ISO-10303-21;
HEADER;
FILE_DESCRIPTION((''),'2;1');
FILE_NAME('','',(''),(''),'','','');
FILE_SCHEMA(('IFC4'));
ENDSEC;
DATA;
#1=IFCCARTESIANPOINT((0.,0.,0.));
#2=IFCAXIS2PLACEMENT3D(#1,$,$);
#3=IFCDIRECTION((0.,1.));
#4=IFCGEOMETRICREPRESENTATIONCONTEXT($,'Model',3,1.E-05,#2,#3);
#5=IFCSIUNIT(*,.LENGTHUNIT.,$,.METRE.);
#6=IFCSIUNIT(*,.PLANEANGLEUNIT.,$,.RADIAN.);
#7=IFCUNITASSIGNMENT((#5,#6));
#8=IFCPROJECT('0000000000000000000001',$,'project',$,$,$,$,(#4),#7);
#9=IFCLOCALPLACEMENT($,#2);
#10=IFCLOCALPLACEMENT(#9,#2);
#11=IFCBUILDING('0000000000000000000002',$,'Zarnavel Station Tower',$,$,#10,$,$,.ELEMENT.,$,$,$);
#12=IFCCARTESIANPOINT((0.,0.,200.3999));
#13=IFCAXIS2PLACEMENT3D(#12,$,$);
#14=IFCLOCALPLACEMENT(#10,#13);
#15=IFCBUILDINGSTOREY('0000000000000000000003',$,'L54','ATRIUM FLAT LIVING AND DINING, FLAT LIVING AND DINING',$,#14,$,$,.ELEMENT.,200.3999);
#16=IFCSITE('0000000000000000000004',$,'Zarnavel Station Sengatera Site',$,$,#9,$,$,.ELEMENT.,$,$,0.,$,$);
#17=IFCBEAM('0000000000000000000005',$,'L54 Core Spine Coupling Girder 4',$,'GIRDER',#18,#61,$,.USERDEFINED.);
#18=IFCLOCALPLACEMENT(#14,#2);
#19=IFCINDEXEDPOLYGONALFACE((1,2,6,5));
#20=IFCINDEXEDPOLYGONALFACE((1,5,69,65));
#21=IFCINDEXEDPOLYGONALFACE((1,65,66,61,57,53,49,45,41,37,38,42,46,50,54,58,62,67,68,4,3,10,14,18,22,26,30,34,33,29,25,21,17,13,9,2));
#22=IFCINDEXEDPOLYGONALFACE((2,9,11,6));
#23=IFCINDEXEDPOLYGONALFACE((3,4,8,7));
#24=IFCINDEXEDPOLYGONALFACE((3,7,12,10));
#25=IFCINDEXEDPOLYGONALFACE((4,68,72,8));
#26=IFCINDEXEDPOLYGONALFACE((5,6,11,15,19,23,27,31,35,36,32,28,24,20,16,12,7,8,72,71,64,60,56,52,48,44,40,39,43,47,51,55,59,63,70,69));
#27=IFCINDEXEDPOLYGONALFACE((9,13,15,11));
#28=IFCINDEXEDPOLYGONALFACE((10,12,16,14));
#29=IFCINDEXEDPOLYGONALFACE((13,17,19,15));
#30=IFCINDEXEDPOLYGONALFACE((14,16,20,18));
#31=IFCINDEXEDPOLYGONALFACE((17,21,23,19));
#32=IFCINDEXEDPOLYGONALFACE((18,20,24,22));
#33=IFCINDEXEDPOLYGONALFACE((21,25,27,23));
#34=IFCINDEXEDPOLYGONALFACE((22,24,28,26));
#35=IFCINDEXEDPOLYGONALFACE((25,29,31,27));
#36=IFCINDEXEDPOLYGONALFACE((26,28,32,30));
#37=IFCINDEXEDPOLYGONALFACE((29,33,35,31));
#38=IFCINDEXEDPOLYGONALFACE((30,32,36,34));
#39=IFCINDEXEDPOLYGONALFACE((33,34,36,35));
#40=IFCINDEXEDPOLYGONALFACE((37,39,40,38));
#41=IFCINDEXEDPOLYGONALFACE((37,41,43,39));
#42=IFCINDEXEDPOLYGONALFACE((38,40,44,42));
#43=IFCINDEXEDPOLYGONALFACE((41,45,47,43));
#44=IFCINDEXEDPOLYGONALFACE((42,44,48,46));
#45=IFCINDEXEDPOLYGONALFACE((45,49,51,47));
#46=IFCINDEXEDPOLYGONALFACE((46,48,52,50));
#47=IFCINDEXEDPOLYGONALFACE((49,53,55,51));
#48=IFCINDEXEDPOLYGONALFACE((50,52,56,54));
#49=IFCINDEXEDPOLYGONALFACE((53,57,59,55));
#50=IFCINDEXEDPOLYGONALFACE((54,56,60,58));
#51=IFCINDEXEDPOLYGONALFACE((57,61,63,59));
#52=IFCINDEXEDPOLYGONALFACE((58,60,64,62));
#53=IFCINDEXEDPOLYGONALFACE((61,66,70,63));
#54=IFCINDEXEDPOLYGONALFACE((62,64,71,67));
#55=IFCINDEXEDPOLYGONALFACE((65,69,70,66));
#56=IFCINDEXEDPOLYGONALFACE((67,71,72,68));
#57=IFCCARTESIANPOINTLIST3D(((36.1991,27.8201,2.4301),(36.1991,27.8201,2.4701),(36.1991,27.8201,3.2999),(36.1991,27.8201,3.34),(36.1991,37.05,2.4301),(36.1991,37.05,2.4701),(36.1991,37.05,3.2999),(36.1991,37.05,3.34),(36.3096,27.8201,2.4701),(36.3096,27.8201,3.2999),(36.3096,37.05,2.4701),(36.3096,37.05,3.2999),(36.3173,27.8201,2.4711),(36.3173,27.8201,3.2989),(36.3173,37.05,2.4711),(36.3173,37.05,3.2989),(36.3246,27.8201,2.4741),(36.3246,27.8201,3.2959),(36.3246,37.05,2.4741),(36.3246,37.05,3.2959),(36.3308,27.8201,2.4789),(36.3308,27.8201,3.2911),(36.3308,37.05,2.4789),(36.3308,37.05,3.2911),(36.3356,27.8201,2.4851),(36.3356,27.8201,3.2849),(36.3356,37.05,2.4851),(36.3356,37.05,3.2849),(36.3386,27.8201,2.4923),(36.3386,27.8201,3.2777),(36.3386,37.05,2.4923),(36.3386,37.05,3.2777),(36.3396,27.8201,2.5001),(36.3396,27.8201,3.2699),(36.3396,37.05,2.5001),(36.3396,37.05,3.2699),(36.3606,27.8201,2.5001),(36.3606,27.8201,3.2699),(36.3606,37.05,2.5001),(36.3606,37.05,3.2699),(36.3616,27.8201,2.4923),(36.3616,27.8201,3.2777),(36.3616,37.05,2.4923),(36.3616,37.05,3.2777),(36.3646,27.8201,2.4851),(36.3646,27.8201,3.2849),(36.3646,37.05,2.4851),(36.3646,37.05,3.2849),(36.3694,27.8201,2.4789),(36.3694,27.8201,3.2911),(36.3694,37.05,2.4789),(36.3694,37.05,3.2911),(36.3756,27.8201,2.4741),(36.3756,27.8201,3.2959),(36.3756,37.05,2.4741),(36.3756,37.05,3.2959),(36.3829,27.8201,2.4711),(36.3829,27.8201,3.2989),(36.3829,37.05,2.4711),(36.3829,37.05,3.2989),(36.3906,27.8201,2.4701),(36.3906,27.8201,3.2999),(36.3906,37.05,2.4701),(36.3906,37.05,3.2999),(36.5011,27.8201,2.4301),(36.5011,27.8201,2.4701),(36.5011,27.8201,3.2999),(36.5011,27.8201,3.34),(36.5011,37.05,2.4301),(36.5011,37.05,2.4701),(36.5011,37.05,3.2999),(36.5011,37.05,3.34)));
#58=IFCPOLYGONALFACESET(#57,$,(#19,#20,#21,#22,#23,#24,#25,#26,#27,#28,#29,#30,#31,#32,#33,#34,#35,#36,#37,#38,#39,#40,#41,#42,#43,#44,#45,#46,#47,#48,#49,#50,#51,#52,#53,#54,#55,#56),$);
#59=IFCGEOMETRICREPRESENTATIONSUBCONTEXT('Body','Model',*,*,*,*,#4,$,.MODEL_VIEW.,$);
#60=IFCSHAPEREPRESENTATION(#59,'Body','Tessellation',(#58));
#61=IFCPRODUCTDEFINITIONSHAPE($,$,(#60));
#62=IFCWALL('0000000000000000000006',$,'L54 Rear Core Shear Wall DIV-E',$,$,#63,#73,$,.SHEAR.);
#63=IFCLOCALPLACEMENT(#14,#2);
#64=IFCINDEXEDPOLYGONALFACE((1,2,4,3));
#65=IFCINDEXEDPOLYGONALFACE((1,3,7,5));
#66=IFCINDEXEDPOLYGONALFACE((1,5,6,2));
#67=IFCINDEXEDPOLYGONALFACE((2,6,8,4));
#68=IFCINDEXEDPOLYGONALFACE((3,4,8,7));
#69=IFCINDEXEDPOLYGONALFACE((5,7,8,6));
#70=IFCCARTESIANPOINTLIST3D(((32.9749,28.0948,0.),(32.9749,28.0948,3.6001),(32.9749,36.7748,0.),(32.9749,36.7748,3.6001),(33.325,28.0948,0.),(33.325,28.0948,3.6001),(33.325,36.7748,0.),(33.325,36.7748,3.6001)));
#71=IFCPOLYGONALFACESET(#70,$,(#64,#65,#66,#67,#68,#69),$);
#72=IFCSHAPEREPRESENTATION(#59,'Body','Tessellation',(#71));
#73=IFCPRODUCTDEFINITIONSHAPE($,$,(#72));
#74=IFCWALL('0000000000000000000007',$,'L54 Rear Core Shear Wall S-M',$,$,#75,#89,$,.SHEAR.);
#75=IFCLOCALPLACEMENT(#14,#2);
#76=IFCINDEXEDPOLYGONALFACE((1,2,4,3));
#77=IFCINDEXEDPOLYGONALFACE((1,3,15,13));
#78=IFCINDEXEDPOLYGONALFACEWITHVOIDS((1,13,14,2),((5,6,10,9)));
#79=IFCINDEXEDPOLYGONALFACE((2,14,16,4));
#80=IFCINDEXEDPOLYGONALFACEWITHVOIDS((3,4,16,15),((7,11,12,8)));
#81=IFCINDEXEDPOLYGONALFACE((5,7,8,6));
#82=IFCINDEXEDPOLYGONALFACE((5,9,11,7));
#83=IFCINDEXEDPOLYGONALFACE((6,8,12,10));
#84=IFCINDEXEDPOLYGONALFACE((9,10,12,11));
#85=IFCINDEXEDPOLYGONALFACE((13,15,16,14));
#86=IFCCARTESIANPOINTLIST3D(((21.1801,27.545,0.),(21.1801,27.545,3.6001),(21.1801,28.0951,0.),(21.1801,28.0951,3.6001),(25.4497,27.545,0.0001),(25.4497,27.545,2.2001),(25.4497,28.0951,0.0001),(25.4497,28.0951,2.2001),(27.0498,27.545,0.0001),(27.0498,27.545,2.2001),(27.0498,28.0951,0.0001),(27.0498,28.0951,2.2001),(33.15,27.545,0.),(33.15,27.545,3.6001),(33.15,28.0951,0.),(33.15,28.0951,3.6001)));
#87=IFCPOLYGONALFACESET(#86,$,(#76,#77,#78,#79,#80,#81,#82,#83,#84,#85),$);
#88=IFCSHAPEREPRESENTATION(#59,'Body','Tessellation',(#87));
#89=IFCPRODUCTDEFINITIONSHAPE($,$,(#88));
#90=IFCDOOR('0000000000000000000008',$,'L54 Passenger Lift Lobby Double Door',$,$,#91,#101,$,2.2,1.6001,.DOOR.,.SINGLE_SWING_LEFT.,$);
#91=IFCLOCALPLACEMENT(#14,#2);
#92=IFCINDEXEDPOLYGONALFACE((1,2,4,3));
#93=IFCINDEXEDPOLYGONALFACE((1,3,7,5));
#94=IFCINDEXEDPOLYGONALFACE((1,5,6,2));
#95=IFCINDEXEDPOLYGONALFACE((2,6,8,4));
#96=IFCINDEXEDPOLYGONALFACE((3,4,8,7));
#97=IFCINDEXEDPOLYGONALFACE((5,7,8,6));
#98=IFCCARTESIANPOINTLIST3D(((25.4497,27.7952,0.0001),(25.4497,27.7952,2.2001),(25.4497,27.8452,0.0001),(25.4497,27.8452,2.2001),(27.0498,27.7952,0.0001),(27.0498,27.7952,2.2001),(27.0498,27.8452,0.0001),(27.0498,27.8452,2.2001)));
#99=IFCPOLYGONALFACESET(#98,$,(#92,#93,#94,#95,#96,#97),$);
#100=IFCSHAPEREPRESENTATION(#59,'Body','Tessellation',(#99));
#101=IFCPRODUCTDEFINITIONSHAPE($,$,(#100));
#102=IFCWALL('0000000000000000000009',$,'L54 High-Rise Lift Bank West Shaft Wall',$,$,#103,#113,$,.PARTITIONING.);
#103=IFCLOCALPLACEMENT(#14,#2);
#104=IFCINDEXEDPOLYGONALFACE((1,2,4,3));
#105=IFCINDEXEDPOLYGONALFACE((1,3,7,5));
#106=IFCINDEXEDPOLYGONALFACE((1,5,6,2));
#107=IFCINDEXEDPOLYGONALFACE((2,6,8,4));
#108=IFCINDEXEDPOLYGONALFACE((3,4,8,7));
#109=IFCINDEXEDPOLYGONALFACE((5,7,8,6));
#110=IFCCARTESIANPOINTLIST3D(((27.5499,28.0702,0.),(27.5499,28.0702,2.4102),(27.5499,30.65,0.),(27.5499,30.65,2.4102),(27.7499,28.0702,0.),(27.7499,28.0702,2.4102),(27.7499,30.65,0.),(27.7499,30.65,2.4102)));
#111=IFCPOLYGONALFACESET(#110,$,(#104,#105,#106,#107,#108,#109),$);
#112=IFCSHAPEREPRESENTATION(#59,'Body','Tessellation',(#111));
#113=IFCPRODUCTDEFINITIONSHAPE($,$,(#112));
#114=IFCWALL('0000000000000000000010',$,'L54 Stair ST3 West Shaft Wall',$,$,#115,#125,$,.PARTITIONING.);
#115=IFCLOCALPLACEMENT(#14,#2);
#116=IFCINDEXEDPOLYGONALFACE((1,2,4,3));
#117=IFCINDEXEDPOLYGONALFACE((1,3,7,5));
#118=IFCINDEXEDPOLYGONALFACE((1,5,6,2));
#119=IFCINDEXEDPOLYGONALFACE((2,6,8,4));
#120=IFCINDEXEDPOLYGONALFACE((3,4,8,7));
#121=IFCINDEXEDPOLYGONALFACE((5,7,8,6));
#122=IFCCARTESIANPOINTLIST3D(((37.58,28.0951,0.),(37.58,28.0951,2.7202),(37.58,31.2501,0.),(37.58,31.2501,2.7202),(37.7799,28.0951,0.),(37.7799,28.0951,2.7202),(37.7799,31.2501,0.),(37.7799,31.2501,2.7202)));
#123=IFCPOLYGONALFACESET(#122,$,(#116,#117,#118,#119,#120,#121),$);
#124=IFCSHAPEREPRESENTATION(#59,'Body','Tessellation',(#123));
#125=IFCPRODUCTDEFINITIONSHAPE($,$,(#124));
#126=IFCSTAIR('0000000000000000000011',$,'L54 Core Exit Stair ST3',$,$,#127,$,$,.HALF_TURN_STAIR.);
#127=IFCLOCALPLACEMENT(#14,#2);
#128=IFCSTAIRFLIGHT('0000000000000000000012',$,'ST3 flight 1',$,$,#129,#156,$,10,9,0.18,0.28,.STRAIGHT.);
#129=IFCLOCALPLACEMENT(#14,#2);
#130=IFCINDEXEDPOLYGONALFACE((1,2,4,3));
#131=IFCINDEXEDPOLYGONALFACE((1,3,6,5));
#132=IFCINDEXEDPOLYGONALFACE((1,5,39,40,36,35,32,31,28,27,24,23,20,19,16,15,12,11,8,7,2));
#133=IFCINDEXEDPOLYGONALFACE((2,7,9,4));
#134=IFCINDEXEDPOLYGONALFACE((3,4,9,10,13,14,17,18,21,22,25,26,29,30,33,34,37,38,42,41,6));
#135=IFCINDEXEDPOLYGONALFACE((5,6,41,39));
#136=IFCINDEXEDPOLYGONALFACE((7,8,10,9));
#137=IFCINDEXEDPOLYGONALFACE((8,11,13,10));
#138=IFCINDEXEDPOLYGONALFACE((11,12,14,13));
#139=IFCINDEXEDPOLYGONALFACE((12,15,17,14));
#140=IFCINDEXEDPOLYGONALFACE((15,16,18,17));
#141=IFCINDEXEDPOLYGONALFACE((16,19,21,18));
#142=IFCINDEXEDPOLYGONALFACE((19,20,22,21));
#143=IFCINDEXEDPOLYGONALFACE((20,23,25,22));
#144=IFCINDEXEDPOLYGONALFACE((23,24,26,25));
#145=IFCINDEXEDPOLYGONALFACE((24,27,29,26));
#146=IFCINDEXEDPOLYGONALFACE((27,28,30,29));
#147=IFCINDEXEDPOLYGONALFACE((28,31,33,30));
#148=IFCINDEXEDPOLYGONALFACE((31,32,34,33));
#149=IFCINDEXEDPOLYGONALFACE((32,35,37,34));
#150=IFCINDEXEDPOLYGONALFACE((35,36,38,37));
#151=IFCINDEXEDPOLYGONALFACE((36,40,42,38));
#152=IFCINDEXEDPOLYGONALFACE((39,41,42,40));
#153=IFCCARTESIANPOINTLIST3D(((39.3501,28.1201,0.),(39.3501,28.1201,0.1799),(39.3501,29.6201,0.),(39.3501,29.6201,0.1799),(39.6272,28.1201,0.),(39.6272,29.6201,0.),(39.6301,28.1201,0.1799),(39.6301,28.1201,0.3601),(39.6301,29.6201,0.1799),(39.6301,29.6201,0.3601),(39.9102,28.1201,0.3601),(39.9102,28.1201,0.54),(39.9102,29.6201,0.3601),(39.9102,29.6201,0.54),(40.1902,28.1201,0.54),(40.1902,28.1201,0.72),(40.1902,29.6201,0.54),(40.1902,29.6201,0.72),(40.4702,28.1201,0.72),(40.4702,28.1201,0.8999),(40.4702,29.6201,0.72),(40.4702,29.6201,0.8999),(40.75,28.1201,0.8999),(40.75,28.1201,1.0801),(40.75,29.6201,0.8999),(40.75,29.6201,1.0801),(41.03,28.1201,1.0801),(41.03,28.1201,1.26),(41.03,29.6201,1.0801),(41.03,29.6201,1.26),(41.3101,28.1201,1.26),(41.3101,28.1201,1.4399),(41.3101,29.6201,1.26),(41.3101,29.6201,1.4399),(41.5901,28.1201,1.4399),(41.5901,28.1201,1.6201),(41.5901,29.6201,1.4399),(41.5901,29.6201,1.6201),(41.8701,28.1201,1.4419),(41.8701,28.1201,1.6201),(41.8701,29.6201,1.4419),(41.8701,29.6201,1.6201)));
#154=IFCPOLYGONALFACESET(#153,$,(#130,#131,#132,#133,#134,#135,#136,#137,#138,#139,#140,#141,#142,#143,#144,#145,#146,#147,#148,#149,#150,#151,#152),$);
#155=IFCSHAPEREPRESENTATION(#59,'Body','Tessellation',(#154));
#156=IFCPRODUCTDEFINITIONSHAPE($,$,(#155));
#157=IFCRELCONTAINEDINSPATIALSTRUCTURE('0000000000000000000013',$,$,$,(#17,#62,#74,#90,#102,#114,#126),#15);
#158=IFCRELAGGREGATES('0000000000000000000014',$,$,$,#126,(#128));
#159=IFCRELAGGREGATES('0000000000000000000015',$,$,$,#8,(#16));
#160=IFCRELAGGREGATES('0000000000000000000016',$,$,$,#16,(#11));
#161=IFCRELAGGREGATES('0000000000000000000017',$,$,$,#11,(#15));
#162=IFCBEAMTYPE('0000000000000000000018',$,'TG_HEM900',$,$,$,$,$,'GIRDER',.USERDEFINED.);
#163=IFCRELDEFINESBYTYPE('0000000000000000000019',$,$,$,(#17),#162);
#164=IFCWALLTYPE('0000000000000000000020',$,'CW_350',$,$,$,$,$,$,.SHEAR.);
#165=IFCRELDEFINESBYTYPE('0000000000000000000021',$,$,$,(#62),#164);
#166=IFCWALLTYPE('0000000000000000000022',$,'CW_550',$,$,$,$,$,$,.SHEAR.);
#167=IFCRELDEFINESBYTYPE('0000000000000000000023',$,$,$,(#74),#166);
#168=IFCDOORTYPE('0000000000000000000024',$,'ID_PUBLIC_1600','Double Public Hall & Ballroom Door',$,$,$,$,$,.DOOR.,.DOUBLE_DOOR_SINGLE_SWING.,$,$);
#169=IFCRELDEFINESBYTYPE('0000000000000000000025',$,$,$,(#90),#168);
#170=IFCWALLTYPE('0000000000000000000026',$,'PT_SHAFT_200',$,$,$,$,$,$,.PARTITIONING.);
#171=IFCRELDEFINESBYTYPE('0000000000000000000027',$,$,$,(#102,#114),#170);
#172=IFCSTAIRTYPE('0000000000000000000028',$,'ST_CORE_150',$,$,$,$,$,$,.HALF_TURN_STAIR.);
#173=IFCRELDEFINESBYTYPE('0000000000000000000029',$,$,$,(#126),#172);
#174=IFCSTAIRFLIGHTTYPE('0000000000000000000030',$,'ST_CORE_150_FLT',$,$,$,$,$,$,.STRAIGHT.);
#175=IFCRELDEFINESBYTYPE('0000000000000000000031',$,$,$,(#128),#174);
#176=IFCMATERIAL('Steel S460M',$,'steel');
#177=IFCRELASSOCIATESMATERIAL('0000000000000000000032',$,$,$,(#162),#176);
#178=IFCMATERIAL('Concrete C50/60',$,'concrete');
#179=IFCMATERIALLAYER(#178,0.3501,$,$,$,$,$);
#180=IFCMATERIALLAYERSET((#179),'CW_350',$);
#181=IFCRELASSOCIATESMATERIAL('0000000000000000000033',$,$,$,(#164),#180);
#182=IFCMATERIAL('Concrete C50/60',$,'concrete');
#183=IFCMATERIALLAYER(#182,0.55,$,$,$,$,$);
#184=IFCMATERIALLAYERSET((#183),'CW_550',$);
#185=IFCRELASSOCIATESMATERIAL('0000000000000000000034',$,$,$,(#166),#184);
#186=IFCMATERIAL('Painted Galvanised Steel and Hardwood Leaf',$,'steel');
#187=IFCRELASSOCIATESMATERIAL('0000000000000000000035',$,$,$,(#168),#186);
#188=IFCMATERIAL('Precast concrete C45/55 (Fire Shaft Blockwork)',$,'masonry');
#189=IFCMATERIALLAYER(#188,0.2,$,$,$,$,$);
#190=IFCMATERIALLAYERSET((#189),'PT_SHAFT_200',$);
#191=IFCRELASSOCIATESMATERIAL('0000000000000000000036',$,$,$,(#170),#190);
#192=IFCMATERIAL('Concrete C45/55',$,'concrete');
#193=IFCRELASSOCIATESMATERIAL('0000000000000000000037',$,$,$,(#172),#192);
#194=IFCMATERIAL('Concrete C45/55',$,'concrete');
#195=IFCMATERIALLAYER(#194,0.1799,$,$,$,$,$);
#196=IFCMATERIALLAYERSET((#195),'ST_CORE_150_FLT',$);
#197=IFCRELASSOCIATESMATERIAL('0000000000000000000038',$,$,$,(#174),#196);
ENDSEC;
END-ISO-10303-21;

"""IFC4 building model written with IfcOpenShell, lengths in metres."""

from ifc_helpers import new_model, si_unit, direction, frame, frame_2d, origin, origin_2d, place, context, subcontext, project, spatial, polyline, rectangle, i_section, outline, extrude, material, layer, layer_set, material_profile, profile_set, type_object, element, fill, aggregate, save


model = new_model("IFC4")

# Units and contexts
model_context = context("Model", 3, precision=1e-05, world=origin(), true_north=direction((0.0, 1.0)))
body_context = subcontext(model_context, "Body", "Model", "MODEL_VIEW")
ifc_project = project(units=[si_unit("LENGTHUNIT", "METRE"), si_unit("PLANEANGLEUNIT", "RADIAN")], contexts=[model_context])

# Site, building, storey
site_placement = place(None, origin())
site = spatial("IfcSite", under=ifc_project, at=site_placement, Name="Zarnavel Station Sengatera Site", CompositionType="ELEMENT", RefElevation=0.0)
building_placement = place(site_placement, origin())
building = spatial("IfcBuilding", under=site, at=building_placement, Name="Zarnavel Station Tower", CompositionType="ELEMENT")
storey_placement = place(building_placement, frame((0.0, 0.0, 200.3999)))
storey = spatial("IfcBuildingStorey", under=building, at=storey_placement, Name="L54", Description="ATRIUM FLAT LIVING AND DINING, FLAT LIVING AND DINING", CompositionType="ELEMENT", Elevation=200.3999)

# Beam
ifc_material_1 = material(Name="Steel S460M", Category="steel")
ifc_material_profile_1 = material_profile(ifc_material_1, i_section(OverallWidth=0.302, OverallDepth=0.9099, WebThickness=0.021, FlangeThickness=0.04, FilletRadius=0.03, at=origin_2d()), Name="HEM900")
ifc_profile_set_1 = profile_set([ifc_material_profile_1], Name="Steel S460M")
beam_type_1 = type_object("IfcBeamType", Name="TG_HEM900", ElementType="GIRDER", PredefinedType="USERDEFINED", material=ifc_profile_set_1)
for number, where, z_axis, x_axis, name in (
    (1, (36.3501, 27.8201, 2.885), (0.0, 1.0, 0.0), (-1.0, 0.0, 0.0), "L54 Core Spine Coupling Girder 4"),
):
    element("IfcBeam", number, at=place(storey_placement, frame(where, z_axis=z_axis, x_axis=x_axis)), inside=storey, type_object=beam_type_1, Name=name, ObjectType="GIRDER", PredefinedType="USERDEFINED", context=body_context, shape_type="SweptSolid", body=[
        extrude(i_section(OverallWidth=0.302, OverallDepth=0.9099, WebThickness=0.021, FlangeThickness=0.04, FilletRadius=0.03, at=origin_2d()), origin(), (0.0, 0.0, 1.0), 9.23),
    ])

# Wall
ifc_material_2 = material(Name="Concrete C50/60", Category="concrete")
ifc_layer_1 = layer(ifc_material_2, 0.3501)
ifc_layer_set_1 = layer_set([ifc_layer_1], Name="CW_350")
wall_type_1 = type_object("IfcWallType", Name="CW_350", PredefinedType="SHEAR", material=ifc_layer_set_1)
wall_1_placement = place(storey_placement, frame((33.1499, 28.095, 0.0), z_axis=(0.0, 0.0, 1.0), x_axis=(0.0, 1.0, 0.0)))
element("IfcWall", 2, at=wall_1_placement, inside=storey, type_object=wall_type_1, Name="L54 Rear Core Shear Wall DIV-E", PredefinedType="SHEAR", context=body_context, shape_type="SweptSolid", body=[
    extrude(rectangle(XDim=8.6799, YDim=0.3501, at=frame_2d((4.3398, 0.0))), origin(), (0.0, 0.0, 1.0), 3.6001),
])

# Wall, opening, door
ifc_material_3 = material(Name="Concrete C50/60", Category="concrete")
ifc_layer_2 = layer(ifc_material_3, 0.55)
ifc_layer_set_2 = layer_set([ifc_layer_2], Name="CW_550")
wall_type_2 = type_object("IfcWallType", Name="CW_550", PredefinedType="SHEAR", material=ifc_layer_set_2)
wall_2_placement = place(storey_placement, frame((33.1499, 27.8201, 0.0), z_axis=(0.0, 0.0, 1.0), x_axis=(-1.0, 0.0, 0.0)))
wall_2 = element("IfcWall", 3, at=wall_2_placement, inside=storey, type_object=wall_type_2, Name="L54 Rear Core Shear Wall S-M", PredefinedType="SHEAR", context=body_context, shape_type="SweptSolid", body=[
    extrude(rectangle(XDim=11.97, YDim=0.55, at=frame_2d((5.9849, 0.0))), origin(), (0.0, 0.0, 1.0), 3.6001),
])
opening_1_placement = place(wall_2_placement, frame((6.1001, 0.0, 0.0)))
opening_1 = element("IfcOpeningElement", 4, at=opening_1_placement, cuts=wall_2, PredefinedType="OPENING", context=body_context, shape_type="SweptSolid", body=[
    extrude(rectangle(XDim=1.6001, YDim=2.2, at=frame_2d((0.8, 1.1001))), frame((0.0, 0.2849, 0.0), z_axis=(0.0, -1.0, 0.0), x_axis=(1.0, 0.0, 0.0)), (0.0, 0.0, 1.0), 0.5701),
])
ifc_material_4 = material(Name="Painted Galvanised Steel and Hardwood Leaf", Category="steel")
door_type_1 = type_object("IfcDoorType", Name="ID_PUBLIC_1600", Description="Double Public Hall & Ballroom Door", OperationType="DOUBLE_DOOR_SINGLE_SWING", PredefinedType="DOOR", material=ifc_material_4)
door_1_placement = place(opening_1_placement, origin())
door_1 = element("IfcDoor", 5, at=door_1_placement, inside=storey, type_object=door_type_1, Name="L54 Passenger Lift Lobby Double Door", OperationType="SINGLE_SWING_LEFT", OverallHeight=2.2, OverallWidth=1.6001, PredefinedType="DOOR", context=body_context, shape_type="SweptSolid", body=[
    extrude(rectangle(XDim=1.6001, YDim=2.2, at=frame_2d((0.8, 1.1001))), frame((0.0, 0.0249, 0.0), z_axis=(0.0, -1.0, 0.0), x_axis=(1.0, 0.0, 0.0)), (0.0, 0.0, 1.0), 0.05),
])
fill(opening_1, door_1)
ifc_material_5 = material(Name="Precast concrete C45/55 (Fire Shaft Blockwork)", Category="masonry")
ifc_layer_3 = layer(ifc_material_5, 0.2)
ifc_layer_set_3 = layer_set([ifc_layer_3], Name="PT_SHAFT_200")
wall_type_3 = type_object("IfcWallType", Name="PT_SHAFT_200", PredefinedType="PARTITIONING", material=ifc_layer_set_3)

# Walls
wall_3_placement = place(storey_placement, frame((27.6499, 28.0701, 0.0), z_axis=(0.0, 0.0, 1.0), x_axis=(0.0, 1.0, 0.0)))
element("IfcWall", 6, at=wall_3_placement, inside=storey, type_object=wall_type_3, Name="L54 High-Rise Lift Bank West Shaft Wall", PredefinedType="PARTITIONING", context=body_context, shape_type="SweptSolid", body=[
    extrude(rectangle(XDim=2.5798, YDim=0.2, at=frame_2d((1.29, 0.0))), origin(), (0.0, 0.0, 1.0), 2.4102),
])
wall_4_placement = place(storey_placement, frame((37.6799, 28.095, 0.0), z_axis=(0.0, 0.0, 1.0), x_axis=(0.0, 1.0, 0.0)))
element("IfcWall", 7, at=wall_4_placement, inside=storey, type_object=wall_type_3, Name="L54 Stair ST3 West Shaft Wall", PredefinedType="PARTITIONING", context=body_context, shape_type="SweptSolid", body=[
    extrude(rectangle(XDim=3.155, YDim=0.2, at=frame_2d((1.5776, 0.0))), origin(), (0.0, 0.0, 1.0), 2.7202),
])

# Stair, stair flight
ifc_material_6 = material(Name="Concrete C45/55", Category="concrete")
stair_type = type_object("IfcStairType", Name="ST_CORE_150", PredefinedType="HALF_TURN_STAIR", material=ifc_material_6)
stair_placement = place(storey_placement, origin())
stair = element("IfcStair", 8, at=stair_placement, inside=storey, type_object=stair_type, Name="L54 Core Exit Stair ST3", PredefinedType="HALF_TURN_STAIR")
ifc_material_7 = material(Name="Concrete C45/55", Category="concrete")
ifc_layer_4 = layer(ifc_material_7, 0.1799)
ifc_layer_set_4 = layer_set([ifc_layer_4], Name="ST_CORE_150_FLT")
stair_flight_type = type_object("IfcStairFlightType", Name="ST_CORE_150_FLT", PredefinedType="STRAIGHT", material=ifc_layer_set_4)
stair_flight_placement = place(storey_placement, frame((39.3501, 28.8701, 0.0), z_axis=(0.0, 0.0, 1.0), x_axis=(1.0, 0.0, 0.0)))
stair_flight = element("IfcStairFlight", 9, at=stair_flight_placement, type_object=stair_flight_type, Name="ST3 flight 1", NumberOfRisers=10, NumberOfTreads=9, PredefinedType="STRAIGHT", RiserHeight=0.18, TreadLength=0.28, context=body_context, shape_type="SweptSolid", body=[
    extrude(outline(polyline([(0.0, 0.0), (0.0, 0.1799), (0.28, 0.1799), (0.28, 0.3601), (0.5601, 0.3601), (0.5601, 0.54), (0.8401, 0.54), (0.8401, 0.72), (1.1201, 0.72), (1.1201, 0.8999), (1.3999, 0.8999), (1.3999, 1.0801), (1.6799, 1.0801), (1.6799, 1.26), (1.96, 1.26), (1.96, 1.4399), (2.24, 1.4399), (2.24, 1.6201), (2.52, 1.6201), (2.52, 1.8), (2.52, 1.4419), (0.2771, 0.0), (0.0, 0.0)])), frame((0.0, 0.75, 0.0), z_axis=(0.0, -1.0, 0.0), x_axis=(1.0, 0.0, 0.0)), (0.0, 0.0, 1.0), 1.5),
])
aggregate(stair, [stair_flight])

save(model, "model.ifc")
